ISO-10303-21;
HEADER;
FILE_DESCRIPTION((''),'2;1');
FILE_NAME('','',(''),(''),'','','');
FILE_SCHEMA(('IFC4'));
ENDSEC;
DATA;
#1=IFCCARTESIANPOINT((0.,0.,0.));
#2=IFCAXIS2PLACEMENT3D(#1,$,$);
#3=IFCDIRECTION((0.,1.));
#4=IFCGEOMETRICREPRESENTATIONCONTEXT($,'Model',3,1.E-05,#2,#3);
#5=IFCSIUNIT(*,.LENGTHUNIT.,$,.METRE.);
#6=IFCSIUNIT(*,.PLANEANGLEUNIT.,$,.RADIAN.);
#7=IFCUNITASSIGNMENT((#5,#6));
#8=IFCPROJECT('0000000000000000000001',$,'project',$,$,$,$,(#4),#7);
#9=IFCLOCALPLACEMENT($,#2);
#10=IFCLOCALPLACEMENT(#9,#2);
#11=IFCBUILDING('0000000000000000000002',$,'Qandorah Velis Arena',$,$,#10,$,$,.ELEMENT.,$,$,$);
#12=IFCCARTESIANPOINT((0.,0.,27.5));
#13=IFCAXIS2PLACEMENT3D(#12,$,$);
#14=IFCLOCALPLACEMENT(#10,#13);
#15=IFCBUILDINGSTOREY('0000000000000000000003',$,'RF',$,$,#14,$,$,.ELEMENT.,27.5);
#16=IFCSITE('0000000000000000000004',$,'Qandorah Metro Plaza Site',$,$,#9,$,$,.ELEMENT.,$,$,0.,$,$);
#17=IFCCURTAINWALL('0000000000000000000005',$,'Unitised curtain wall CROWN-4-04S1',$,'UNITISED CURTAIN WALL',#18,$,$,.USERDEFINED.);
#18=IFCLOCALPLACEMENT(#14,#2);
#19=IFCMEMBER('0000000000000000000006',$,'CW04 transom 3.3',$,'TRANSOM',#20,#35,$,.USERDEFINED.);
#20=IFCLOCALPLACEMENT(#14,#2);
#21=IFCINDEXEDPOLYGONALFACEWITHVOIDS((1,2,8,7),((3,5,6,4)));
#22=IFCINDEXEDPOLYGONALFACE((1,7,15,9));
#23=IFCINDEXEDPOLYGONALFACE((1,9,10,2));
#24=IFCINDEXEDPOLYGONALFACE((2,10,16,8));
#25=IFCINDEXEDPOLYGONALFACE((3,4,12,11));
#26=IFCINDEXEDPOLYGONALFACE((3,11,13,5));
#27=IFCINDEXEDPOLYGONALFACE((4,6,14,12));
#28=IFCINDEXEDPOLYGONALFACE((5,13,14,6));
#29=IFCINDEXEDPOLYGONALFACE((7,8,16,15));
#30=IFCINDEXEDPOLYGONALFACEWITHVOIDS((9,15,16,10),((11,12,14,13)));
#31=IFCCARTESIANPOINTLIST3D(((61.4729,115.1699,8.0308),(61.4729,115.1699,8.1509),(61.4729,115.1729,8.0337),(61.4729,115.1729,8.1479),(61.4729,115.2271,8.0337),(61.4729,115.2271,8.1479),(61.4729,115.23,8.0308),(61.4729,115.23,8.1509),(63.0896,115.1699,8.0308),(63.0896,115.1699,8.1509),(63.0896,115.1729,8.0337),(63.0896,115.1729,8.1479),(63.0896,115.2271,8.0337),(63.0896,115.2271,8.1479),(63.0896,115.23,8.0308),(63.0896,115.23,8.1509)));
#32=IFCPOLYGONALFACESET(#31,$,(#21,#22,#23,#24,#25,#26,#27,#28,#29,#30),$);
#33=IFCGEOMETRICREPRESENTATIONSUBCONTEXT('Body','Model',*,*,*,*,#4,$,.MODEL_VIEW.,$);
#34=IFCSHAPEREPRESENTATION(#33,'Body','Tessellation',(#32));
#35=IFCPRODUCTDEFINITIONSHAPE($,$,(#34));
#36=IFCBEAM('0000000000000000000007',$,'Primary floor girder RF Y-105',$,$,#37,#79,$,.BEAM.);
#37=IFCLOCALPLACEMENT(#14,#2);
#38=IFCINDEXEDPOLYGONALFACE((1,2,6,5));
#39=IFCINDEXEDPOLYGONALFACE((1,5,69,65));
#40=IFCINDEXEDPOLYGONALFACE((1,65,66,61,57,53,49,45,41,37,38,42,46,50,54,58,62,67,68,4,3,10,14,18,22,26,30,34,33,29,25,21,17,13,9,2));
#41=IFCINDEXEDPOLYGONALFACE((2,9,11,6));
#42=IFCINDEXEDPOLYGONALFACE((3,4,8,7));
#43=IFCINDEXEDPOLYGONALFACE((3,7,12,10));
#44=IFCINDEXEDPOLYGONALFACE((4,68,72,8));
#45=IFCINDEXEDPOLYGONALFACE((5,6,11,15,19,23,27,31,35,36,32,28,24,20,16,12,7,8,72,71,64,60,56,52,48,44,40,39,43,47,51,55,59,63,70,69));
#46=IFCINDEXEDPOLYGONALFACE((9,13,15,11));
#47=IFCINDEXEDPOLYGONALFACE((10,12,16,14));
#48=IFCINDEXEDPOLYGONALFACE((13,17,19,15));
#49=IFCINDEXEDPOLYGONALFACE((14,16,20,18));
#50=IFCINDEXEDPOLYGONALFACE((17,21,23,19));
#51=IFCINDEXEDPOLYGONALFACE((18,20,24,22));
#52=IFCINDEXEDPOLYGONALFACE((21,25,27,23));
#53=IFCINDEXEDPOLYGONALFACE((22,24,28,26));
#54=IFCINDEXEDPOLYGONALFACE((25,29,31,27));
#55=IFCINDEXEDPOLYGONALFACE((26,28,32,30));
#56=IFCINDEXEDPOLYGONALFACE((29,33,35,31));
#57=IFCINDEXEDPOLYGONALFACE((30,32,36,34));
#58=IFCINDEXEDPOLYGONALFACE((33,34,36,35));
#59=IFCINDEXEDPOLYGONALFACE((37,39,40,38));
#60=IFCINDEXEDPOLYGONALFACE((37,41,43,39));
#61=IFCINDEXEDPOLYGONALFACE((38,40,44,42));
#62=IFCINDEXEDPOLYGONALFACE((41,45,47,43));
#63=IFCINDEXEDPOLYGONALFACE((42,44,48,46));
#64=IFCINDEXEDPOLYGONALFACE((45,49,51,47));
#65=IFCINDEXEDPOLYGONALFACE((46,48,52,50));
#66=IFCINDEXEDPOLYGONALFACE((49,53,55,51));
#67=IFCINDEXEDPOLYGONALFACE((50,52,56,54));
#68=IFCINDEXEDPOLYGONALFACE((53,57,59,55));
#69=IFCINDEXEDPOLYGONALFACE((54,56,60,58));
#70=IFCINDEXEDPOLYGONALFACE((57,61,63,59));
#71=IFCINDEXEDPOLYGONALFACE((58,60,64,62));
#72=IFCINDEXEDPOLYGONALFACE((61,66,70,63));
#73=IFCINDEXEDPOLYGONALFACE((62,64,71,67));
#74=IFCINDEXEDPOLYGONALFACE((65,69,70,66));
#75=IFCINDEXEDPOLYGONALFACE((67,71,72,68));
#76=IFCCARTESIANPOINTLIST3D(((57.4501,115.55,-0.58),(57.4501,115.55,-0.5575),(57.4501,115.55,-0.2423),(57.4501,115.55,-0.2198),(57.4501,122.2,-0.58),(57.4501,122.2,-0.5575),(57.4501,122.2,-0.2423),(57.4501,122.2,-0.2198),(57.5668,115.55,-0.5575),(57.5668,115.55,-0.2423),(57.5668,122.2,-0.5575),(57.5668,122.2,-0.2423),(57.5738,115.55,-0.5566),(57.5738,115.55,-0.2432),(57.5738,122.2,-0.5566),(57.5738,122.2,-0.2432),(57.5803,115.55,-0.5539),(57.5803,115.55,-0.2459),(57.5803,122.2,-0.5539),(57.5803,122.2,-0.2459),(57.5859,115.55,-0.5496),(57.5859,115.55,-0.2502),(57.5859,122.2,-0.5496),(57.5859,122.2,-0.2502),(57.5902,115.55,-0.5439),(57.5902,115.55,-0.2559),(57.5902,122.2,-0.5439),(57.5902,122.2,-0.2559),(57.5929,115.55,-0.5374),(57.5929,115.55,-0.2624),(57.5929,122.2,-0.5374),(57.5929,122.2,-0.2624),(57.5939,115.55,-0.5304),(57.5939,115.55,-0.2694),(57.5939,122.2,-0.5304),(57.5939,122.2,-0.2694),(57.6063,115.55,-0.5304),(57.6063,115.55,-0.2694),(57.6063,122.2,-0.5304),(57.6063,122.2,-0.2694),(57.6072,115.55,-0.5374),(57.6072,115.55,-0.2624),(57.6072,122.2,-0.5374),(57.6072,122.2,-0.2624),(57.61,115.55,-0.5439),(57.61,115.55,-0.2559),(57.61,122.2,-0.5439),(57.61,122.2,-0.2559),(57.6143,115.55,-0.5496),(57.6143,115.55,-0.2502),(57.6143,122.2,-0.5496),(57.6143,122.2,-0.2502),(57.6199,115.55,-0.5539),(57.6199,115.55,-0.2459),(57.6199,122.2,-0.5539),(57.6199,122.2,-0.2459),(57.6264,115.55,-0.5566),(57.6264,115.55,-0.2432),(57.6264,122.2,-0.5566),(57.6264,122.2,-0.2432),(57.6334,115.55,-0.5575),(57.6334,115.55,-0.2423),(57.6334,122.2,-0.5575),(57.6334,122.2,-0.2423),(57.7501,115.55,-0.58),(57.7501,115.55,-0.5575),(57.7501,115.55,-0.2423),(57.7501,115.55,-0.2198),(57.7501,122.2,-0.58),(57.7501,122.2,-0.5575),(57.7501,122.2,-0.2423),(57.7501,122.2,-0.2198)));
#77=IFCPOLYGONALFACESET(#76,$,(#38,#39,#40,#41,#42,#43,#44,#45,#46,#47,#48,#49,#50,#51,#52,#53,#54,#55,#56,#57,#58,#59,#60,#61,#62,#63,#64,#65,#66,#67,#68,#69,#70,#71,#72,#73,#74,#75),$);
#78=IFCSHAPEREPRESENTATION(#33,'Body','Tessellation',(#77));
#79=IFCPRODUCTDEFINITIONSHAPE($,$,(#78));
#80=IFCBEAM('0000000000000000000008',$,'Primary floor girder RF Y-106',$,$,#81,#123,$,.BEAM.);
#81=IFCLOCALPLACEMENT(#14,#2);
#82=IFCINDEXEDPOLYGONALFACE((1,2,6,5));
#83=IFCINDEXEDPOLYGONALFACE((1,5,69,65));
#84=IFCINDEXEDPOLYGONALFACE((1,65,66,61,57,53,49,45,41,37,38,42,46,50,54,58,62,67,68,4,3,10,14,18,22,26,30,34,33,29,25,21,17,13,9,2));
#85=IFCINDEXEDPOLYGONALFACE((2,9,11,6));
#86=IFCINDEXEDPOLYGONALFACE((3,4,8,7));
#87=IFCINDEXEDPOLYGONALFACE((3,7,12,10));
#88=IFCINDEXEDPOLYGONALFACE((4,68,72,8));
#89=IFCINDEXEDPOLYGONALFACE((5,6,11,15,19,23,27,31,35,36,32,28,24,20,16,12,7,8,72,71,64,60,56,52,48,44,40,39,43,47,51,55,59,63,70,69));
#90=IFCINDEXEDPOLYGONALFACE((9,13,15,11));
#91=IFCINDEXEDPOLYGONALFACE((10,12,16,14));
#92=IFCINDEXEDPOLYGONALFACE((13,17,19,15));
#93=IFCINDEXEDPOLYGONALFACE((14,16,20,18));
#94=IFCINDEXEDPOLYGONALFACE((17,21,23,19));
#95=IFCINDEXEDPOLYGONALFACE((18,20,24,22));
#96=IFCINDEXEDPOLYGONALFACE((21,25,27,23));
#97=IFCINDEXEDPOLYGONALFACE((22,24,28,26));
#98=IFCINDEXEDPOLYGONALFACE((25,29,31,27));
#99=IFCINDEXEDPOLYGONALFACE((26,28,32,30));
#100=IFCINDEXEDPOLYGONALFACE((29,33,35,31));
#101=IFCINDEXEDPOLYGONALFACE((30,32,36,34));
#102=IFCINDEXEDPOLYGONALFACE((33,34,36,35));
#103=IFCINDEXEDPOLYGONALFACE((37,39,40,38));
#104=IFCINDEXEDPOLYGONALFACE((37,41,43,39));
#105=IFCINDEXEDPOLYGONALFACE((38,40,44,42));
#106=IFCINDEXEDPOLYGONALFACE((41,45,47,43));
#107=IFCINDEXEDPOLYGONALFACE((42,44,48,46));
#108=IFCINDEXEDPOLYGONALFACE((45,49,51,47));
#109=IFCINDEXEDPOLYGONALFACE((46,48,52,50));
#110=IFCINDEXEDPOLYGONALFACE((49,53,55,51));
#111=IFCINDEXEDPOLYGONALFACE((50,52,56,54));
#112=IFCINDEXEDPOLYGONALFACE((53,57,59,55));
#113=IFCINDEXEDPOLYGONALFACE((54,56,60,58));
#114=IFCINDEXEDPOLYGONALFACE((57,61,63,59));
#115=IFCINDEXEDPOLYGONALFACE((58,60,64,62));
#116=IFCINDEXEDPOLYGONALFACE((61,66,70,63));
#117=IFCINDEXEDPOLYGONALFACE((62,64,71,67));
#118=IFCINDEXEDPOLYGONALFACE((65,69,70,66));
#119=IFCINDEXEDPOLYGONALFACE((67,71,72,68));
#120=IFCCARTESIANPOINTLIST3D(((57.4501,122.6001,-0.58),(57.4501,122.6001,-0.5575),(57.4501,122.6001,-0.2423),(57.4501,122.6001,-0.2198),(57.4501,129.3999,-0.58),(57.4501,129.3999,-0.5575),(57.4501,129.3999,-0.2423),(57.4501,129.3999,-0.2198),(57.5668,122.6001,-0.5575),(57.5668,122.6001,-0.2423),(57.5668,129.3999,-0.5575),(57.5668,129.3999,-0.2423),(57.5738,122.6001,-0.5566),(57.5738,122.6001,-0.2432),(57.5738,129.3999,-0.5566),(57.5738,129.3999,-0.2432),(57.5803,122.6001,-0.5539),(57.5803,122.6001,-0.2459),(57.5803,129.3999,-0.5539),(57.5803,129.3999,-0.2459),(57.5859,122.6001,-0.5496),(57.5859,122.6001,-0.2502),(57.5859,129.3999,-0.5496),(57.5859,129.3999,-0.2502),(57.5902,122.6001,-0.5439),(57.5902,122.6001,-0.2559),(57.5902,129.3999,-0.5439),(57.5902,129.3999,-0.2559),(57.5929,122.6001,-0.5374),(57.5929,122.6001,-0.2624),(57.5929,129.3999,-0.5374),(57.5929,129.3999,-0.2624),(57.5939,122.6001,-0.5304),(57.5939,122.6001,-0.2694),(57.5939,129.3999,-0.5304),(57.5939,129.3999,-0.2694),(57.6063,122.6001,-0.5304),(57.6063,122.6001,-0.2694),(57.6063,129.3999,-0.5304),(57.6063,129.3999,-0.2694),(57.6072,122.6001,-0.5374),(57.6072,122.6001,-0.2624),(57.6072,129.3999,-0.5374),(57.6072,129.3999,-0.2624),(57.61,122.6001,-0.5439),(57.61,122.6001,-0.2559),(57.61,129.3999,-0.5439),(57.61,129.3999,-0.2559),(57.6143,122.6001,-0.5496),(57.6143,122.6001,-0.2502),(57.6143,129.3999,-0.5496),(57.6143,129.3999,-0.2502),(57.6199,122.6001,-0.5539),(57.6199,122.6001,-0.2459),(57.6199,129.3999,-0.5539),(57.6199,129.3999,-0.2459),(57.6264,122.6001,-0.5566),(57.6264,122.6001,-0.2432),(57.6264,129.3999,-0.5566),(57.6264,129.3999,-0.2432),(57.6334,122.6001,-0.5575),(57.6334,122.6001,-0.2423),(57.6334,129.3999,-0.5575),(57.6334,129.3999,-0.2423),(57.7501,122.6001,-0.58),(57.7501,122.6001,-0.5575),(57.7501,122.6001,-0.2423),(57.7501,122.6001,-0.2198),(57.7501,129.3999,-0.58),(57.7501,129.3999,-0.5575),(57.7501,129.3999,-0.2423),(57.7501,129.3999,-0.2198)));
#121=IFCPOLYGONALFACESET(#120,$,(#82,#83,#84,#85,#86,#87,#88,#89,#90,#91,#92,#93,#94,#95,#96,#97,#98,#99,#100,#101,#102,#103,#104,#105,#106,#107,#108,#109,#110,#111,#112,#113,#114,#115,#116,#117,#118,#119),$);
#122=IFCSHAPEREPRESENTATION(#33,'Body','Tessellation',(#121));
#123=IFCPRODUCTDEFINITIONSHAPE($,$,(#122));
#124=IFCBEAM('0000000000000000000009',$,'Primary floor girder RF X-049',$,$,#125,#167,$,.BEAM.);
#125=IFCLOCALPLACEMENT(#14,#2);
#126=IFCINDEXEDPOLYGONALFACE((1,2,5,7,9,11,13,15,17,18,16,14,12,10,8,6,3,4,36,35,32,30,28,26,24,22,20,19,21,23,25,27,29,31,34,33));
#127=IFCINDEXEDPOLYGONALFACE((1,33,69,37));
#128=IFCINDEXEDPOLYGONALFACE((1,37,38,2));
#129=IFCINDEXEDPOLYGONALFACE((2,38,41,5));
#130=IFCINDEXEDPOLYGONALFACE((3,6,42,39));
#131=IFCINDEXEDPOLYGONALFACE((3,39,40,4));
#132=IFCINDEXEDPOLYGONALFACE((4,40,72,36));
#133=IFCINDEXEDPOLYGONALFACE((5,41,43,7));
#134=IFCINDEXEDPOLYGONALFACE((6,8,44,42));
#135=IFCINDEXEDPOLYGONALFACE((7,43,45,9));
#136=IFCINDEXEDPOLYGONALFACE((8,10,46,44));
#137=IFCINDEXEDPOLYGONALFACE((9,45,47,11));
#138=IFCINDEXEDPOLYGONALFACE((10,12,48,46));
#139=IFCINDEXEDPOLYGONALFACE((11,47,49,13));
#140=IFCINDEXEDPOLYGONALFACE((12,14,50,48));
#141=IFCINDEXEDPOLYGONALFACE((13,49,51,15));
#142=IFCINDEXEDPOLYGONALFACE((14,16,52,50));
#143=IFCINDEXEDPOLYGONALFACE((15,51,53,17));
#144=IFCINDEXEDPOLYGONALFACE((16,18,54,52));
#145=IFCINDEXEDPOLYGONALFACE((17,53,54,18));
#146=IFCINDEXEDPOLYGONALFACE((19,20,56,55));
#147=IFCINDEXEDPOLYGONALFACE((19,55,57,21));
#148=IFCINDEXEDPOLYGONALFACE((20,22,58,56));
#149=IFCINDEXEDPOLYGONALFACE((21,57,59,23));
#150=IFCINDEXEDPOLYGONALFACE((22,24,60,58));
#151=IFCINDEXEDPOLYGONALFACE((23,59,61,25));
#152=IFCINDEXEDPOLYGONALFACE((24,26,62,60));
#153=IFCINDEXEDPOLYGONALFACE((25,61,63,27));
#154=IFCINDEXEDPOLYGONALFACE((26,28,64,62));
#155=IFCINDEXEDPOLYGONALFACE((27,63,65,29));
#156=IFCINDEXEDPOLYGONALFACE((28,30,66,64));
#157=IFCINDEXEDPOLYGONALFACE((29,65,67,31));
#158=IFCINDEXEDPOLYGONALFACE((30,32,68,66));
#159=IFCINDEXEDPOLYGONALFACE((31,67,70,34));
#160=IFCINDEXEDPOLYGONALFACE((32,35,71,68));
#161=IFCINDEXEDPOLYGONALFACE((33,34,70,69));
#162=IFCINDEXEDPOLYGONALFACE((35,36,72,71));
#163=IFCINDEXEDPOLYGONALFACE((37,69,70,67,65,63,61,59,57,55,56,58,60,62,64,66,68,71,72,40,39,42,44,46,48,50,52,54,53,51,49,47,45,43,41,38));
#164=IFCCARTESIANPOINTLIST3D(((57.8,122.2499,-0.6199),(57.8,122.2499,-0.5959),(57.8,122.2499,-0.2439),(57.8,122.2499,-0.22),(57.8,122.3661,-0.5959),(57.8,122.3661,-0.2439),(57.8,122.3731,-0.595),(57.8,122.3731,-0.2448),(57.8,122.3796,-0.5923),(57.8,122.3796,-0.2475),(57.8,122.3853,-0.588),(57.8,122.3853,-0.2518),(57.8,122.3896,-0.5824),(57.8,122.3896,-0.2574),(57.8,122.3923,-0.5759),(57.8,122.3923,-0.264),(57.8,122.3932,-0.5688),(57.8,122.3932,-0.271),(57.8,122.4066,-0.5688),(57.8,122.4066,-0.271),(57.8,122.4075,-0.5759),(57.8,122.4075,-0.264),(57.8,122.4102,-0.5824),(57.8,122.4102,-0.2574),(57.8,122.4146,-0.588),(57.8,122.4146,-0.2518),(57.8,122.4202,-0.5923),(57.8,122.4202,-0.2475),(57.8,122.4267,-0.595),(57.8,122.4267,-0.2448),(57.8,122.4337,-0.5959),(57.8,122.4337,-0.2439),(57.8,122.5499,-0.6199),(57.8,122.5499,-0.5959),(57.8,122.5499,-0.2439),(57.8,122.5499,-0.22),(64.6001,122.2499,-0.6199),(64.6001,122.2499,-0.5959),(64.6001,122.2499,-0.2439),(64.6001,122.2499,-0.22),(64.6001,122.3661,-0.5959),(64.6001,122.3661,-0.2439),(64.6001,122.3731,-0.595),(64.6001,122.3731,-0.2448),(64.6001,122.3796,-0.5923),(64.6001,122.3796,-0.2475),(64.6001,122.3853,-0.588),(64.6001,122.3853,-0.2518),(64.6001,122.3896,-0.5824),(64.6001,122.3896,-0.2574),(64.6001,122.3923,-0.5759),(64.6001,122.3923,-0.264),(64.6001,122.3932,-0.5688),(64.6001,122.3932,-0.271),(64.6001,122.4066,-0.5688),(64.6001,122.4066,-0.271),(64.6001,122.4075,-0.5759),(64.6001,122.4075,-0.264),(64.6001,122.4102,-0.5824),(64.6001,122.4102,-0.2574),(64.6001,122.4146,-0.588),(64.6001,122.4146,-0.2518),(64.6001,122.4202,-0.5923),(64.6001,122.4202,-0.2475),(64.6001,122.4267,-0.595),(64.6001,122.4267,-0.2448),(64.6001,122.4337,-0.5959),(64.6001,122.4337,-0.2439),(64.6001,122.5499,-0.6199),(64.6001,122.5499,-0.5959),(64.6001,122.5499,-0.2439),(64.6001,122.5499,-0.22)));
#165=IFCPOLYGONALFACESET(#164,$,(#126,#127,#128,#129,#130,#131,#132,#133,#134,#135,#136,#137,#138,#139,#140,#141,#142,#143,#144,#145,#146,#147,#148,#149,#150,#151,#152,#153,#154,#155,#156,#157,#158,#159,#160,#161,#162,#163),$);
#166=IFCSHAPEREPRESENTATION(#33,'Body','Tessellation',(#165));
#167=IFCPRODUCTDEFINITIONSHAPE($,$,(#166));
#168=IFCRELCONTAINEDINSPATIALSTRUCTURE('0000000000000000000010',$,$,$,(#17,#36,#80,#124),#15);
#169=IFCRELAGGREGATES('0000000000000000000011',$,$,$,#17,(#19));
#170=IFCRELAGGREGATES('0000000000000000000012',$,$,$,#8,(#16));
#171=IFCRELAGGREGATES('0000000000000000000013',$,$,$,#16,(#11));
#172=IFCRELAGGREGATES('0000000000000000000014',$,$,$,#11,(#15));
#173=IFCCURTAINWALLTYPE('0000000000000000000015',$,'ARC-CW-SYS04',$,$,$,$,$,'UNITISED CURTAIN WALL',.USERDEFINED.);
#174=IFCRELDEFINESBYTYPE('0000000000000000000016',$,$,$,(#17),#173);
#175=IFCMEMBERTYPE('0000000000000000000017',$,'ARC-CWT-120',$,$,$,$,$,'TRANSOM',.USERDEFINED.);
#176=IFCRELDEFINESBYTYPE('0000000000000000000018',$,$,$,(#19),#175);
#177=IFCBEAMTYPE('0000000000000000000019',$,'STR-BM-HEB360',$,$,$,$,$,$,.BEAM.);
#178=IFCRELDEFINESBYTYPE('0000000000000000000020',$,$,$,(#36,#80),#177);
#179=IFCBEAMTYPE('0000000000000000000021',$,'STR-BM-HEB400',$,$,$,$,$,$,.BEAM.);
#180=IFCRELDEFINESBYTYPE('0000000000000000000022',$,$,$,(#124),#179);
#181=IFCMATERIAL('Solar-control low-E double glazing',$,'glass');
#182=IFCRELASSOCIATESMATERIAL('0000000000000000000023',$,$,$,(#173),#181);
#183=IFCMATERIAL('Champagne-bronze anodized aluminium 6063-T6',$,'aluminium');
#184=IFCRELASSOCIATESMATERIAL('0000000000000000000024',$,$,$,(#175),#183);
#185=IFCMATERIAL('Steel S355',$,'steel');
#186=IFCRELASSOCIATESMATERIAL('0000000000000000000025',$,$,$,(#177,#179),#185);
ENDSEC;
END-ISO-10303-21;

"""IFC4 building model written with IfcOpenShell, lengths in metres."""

from ifc_helpers import new_model, si_unit, direction, frame, origin, origin_2d, place, context, subcontext, project, spatial, hollow_rectangle, i_section, extrude, material, material_profile, profile_set, type_object, element, aggregate, save


model = new_model("IFC4")

# Units and contexts
model_context = context("Model", 3, precision=1e-05, world=origin(), true_north=direction((0.0, 1.0)))
body_context = subcontext(model_context, "Body", "Model", "MODEL_VIEW")
ifc_project = project(units=[si_unit("LENGTHUNIT", "METRE"), si_unit("PLANEANGLEUNIT", "RADIAN")], contexts=[model_context])

# Site, building, storey
site_placement = place(None, origin())
site = spatial("IfcSite", under=ifc_project, at=site_placement, Name="Qandorah Metro Plaza Site", CompositionType="ELEMENT", RefElevation=0.0)
building_placement = place(site_placement, origin())
building = spatial("IfcBuilding", under=site, at=building_placement, Name="Qandorah Velis Arena", CompositionType="ELEMENT")
storey_placement = place(building_placement, frame((0.0, 0.0, 27.5)))
storey = spatial("IfcBuildingStorey", under=building, at=storey_placement, Name="RF", CompositionType="ELEMENT", Elevation=27.5)

# Curtain wall, member
ifc_material_1 = material(Name="Solar-control low-E double glazing", Category="glass")
curtain_wall_type = type_object("IfcCurtainWallType", Name="ARC-CW-SYS04", ElementType="UNITISED CURTAIN WALL", PredefinedType="USERDEFINED", material=ifc_material_1)
curtain_wall_placement = place(storey_placement, origin())
curtain_wall = element("IfcCurtainWall", 1, at=curtain_wall_placement, inside=storey, type_object=curtain_wall_type, Name="Unitised curtain wall CROWN-4-04S1", ObjectType="UNITISED CURTAIN WALL", PredefinedType="USERDEFINED")
ifc_material_2 = material(Name="Champagne-bronze anodized aluminium 6063-T6", Category="aluminium")
ifc_material_profile_1 = material_profile(ifc_material_2, hollow_rectangle(XDim=0.0601, YDim=0.1201, WallThickness=0.0029, at=origin_2d()), Name="ALU TRANSOM 60x120")
ifc_profile_set_1 = profile_set([ifc_material_profile_1], Name="Champagne-bronze anodized aluminium 6063-T6")
member_type_1 = type_object("IfcMemberType", Name="ARC-CWT-120", ElementType="TRANSOM", PredefinedType="USERDEFINED", material=ifc_profile_set_1)
member_1_placement = place(storey_placement, frame((61.4729, 115.2, 8.0908), z_axis=(1.0, 0.0, 0.0), x_axis=(0.0, 1.0, 0.0)))
member_1 = element("IfcMember", 2, at=member_1_placement, type_object=member_type_1, Name="CW04 transom 3.3", ObjectType="TRANSOM", PredefinedType="USERDEFINED", context=body_context, shape_type="SweptSolid", body=[
    extrude(hollow_rectangle(XDim=0.0601, YDim=0.1201, WallThickness=0.0029, at=origin_2d()), origin(), (0.0, 0.0, 1.0), 1.6167),
])

# Beams
ifc_material_3 = material(Name="Steel S355", Category="steel")
ifc_material_profile_2 = material_profile(ifc_material_3, i_section(OverallWidth=0.3, OverallDepth=0.3601, WebThickness=0.0125, FlangeThickness=0.0225, FilletRadius=0.0271, at=origin_2d()), Name="HEB 360")
ifc_profile_set_2 = profile_set([ifc_material_profile_2], Name="Steel S355")
beam_type_1 = type_object("IfcBeamType", Name="STR-BM-HEB360", PredefinedType="BEAM", material=ifc_profile_set_2)
beam_1_placement = place(storey_placement, frame((57.6001, 115.55, -0.3999), z_axis=(0.0, 1.0, 0.0), x_axis=(-1.0, 0.0, 0.0)))
element("IfcBeam", 3, at=beam_1_placement, inside=storey, type_object=beam_type_1, Name="Primary floor girder RF Y-105", PredefinedType="BEAM", context=body_context, shape_type="SweptSolid", body=[
    extrude(i_section(OverallWidth=0.3, OverallDepth=0.3601, WebThickness=0.0125, FlangeThickness=0.0225, FilletRadius=0.0271, at=origin_2d()), origin(), (0.0, 0.0, 1.0), 6.6499),
])
beam_2_placement = place(storey_placement, frame((57.6001, 122.6001, -0.3999), z_axis=(0.0, 1.0, 0.0), x_axis=(-1.0, 0.0, 0.0)))
element("IfcBeam", 4, at=beam_2_placement, inside=storey, type_object=beam_type_1, Name="Primary floor girder RF Y-106", PredefinedType="BEAM", context=body_context, shape_type="SweptSolid", body=[
    extrude(i_section(OverallWidth=0.3, OverallDepth=0.3601, WebThickness=0.0125, FlangeThickness=0.0225, FilletRadius=0.0271, at=origin_2d()), origin(), (0.0, 0.0, 1.0), 6.7998),
])
ifc_material_profile_3 = material_profile(ifc_material_3, i_section(OverallWidth=0.3, OverallDepth=0.3999, WebThickness=0.0134, FlangeThickness=0.0239, FilletRadius=0.0271, at=origin_2d()), Name="HEB 400")
ifc_profile_set_3 = profile_set([ifc_material_profile_3], Name="Steel S355")
beam_type_2 = type_object("IfcBeamType", Name="STR-BM-HEB400", PredefinedType="BEAM", material=ifc_profile_set_3)
for number, where, z_axis, x_axis, name in (
    (5, (57.8, 122.3999, -0.4199), (1.0, 0.0, 0.0), (0.0, 1.0, 0.0), "Primary floor girder RF X-049"),
):
    element("IfcBeam", number, at=place(storey_placement, frame(where, z_axis=z_axis, x_axis=x_axis)), inside=storey, type_object=beam_type_2, Name=name, PredefinedType="BEAM", context=body_context, shape_type="SweptSolid", body=[
        extrude(i_section(OverallWidth=0.3, OverallDepth=0.3999, WebThickness=0.0134, FlangeThickness=0.0239, FilletRadius=0.0271, at=origin_2d()), origin(), (0.0, 0.0, 1.0), 6.8),
    ])

aggregate(curtain_wall, [member_1])

save(model, "model.ifc")
